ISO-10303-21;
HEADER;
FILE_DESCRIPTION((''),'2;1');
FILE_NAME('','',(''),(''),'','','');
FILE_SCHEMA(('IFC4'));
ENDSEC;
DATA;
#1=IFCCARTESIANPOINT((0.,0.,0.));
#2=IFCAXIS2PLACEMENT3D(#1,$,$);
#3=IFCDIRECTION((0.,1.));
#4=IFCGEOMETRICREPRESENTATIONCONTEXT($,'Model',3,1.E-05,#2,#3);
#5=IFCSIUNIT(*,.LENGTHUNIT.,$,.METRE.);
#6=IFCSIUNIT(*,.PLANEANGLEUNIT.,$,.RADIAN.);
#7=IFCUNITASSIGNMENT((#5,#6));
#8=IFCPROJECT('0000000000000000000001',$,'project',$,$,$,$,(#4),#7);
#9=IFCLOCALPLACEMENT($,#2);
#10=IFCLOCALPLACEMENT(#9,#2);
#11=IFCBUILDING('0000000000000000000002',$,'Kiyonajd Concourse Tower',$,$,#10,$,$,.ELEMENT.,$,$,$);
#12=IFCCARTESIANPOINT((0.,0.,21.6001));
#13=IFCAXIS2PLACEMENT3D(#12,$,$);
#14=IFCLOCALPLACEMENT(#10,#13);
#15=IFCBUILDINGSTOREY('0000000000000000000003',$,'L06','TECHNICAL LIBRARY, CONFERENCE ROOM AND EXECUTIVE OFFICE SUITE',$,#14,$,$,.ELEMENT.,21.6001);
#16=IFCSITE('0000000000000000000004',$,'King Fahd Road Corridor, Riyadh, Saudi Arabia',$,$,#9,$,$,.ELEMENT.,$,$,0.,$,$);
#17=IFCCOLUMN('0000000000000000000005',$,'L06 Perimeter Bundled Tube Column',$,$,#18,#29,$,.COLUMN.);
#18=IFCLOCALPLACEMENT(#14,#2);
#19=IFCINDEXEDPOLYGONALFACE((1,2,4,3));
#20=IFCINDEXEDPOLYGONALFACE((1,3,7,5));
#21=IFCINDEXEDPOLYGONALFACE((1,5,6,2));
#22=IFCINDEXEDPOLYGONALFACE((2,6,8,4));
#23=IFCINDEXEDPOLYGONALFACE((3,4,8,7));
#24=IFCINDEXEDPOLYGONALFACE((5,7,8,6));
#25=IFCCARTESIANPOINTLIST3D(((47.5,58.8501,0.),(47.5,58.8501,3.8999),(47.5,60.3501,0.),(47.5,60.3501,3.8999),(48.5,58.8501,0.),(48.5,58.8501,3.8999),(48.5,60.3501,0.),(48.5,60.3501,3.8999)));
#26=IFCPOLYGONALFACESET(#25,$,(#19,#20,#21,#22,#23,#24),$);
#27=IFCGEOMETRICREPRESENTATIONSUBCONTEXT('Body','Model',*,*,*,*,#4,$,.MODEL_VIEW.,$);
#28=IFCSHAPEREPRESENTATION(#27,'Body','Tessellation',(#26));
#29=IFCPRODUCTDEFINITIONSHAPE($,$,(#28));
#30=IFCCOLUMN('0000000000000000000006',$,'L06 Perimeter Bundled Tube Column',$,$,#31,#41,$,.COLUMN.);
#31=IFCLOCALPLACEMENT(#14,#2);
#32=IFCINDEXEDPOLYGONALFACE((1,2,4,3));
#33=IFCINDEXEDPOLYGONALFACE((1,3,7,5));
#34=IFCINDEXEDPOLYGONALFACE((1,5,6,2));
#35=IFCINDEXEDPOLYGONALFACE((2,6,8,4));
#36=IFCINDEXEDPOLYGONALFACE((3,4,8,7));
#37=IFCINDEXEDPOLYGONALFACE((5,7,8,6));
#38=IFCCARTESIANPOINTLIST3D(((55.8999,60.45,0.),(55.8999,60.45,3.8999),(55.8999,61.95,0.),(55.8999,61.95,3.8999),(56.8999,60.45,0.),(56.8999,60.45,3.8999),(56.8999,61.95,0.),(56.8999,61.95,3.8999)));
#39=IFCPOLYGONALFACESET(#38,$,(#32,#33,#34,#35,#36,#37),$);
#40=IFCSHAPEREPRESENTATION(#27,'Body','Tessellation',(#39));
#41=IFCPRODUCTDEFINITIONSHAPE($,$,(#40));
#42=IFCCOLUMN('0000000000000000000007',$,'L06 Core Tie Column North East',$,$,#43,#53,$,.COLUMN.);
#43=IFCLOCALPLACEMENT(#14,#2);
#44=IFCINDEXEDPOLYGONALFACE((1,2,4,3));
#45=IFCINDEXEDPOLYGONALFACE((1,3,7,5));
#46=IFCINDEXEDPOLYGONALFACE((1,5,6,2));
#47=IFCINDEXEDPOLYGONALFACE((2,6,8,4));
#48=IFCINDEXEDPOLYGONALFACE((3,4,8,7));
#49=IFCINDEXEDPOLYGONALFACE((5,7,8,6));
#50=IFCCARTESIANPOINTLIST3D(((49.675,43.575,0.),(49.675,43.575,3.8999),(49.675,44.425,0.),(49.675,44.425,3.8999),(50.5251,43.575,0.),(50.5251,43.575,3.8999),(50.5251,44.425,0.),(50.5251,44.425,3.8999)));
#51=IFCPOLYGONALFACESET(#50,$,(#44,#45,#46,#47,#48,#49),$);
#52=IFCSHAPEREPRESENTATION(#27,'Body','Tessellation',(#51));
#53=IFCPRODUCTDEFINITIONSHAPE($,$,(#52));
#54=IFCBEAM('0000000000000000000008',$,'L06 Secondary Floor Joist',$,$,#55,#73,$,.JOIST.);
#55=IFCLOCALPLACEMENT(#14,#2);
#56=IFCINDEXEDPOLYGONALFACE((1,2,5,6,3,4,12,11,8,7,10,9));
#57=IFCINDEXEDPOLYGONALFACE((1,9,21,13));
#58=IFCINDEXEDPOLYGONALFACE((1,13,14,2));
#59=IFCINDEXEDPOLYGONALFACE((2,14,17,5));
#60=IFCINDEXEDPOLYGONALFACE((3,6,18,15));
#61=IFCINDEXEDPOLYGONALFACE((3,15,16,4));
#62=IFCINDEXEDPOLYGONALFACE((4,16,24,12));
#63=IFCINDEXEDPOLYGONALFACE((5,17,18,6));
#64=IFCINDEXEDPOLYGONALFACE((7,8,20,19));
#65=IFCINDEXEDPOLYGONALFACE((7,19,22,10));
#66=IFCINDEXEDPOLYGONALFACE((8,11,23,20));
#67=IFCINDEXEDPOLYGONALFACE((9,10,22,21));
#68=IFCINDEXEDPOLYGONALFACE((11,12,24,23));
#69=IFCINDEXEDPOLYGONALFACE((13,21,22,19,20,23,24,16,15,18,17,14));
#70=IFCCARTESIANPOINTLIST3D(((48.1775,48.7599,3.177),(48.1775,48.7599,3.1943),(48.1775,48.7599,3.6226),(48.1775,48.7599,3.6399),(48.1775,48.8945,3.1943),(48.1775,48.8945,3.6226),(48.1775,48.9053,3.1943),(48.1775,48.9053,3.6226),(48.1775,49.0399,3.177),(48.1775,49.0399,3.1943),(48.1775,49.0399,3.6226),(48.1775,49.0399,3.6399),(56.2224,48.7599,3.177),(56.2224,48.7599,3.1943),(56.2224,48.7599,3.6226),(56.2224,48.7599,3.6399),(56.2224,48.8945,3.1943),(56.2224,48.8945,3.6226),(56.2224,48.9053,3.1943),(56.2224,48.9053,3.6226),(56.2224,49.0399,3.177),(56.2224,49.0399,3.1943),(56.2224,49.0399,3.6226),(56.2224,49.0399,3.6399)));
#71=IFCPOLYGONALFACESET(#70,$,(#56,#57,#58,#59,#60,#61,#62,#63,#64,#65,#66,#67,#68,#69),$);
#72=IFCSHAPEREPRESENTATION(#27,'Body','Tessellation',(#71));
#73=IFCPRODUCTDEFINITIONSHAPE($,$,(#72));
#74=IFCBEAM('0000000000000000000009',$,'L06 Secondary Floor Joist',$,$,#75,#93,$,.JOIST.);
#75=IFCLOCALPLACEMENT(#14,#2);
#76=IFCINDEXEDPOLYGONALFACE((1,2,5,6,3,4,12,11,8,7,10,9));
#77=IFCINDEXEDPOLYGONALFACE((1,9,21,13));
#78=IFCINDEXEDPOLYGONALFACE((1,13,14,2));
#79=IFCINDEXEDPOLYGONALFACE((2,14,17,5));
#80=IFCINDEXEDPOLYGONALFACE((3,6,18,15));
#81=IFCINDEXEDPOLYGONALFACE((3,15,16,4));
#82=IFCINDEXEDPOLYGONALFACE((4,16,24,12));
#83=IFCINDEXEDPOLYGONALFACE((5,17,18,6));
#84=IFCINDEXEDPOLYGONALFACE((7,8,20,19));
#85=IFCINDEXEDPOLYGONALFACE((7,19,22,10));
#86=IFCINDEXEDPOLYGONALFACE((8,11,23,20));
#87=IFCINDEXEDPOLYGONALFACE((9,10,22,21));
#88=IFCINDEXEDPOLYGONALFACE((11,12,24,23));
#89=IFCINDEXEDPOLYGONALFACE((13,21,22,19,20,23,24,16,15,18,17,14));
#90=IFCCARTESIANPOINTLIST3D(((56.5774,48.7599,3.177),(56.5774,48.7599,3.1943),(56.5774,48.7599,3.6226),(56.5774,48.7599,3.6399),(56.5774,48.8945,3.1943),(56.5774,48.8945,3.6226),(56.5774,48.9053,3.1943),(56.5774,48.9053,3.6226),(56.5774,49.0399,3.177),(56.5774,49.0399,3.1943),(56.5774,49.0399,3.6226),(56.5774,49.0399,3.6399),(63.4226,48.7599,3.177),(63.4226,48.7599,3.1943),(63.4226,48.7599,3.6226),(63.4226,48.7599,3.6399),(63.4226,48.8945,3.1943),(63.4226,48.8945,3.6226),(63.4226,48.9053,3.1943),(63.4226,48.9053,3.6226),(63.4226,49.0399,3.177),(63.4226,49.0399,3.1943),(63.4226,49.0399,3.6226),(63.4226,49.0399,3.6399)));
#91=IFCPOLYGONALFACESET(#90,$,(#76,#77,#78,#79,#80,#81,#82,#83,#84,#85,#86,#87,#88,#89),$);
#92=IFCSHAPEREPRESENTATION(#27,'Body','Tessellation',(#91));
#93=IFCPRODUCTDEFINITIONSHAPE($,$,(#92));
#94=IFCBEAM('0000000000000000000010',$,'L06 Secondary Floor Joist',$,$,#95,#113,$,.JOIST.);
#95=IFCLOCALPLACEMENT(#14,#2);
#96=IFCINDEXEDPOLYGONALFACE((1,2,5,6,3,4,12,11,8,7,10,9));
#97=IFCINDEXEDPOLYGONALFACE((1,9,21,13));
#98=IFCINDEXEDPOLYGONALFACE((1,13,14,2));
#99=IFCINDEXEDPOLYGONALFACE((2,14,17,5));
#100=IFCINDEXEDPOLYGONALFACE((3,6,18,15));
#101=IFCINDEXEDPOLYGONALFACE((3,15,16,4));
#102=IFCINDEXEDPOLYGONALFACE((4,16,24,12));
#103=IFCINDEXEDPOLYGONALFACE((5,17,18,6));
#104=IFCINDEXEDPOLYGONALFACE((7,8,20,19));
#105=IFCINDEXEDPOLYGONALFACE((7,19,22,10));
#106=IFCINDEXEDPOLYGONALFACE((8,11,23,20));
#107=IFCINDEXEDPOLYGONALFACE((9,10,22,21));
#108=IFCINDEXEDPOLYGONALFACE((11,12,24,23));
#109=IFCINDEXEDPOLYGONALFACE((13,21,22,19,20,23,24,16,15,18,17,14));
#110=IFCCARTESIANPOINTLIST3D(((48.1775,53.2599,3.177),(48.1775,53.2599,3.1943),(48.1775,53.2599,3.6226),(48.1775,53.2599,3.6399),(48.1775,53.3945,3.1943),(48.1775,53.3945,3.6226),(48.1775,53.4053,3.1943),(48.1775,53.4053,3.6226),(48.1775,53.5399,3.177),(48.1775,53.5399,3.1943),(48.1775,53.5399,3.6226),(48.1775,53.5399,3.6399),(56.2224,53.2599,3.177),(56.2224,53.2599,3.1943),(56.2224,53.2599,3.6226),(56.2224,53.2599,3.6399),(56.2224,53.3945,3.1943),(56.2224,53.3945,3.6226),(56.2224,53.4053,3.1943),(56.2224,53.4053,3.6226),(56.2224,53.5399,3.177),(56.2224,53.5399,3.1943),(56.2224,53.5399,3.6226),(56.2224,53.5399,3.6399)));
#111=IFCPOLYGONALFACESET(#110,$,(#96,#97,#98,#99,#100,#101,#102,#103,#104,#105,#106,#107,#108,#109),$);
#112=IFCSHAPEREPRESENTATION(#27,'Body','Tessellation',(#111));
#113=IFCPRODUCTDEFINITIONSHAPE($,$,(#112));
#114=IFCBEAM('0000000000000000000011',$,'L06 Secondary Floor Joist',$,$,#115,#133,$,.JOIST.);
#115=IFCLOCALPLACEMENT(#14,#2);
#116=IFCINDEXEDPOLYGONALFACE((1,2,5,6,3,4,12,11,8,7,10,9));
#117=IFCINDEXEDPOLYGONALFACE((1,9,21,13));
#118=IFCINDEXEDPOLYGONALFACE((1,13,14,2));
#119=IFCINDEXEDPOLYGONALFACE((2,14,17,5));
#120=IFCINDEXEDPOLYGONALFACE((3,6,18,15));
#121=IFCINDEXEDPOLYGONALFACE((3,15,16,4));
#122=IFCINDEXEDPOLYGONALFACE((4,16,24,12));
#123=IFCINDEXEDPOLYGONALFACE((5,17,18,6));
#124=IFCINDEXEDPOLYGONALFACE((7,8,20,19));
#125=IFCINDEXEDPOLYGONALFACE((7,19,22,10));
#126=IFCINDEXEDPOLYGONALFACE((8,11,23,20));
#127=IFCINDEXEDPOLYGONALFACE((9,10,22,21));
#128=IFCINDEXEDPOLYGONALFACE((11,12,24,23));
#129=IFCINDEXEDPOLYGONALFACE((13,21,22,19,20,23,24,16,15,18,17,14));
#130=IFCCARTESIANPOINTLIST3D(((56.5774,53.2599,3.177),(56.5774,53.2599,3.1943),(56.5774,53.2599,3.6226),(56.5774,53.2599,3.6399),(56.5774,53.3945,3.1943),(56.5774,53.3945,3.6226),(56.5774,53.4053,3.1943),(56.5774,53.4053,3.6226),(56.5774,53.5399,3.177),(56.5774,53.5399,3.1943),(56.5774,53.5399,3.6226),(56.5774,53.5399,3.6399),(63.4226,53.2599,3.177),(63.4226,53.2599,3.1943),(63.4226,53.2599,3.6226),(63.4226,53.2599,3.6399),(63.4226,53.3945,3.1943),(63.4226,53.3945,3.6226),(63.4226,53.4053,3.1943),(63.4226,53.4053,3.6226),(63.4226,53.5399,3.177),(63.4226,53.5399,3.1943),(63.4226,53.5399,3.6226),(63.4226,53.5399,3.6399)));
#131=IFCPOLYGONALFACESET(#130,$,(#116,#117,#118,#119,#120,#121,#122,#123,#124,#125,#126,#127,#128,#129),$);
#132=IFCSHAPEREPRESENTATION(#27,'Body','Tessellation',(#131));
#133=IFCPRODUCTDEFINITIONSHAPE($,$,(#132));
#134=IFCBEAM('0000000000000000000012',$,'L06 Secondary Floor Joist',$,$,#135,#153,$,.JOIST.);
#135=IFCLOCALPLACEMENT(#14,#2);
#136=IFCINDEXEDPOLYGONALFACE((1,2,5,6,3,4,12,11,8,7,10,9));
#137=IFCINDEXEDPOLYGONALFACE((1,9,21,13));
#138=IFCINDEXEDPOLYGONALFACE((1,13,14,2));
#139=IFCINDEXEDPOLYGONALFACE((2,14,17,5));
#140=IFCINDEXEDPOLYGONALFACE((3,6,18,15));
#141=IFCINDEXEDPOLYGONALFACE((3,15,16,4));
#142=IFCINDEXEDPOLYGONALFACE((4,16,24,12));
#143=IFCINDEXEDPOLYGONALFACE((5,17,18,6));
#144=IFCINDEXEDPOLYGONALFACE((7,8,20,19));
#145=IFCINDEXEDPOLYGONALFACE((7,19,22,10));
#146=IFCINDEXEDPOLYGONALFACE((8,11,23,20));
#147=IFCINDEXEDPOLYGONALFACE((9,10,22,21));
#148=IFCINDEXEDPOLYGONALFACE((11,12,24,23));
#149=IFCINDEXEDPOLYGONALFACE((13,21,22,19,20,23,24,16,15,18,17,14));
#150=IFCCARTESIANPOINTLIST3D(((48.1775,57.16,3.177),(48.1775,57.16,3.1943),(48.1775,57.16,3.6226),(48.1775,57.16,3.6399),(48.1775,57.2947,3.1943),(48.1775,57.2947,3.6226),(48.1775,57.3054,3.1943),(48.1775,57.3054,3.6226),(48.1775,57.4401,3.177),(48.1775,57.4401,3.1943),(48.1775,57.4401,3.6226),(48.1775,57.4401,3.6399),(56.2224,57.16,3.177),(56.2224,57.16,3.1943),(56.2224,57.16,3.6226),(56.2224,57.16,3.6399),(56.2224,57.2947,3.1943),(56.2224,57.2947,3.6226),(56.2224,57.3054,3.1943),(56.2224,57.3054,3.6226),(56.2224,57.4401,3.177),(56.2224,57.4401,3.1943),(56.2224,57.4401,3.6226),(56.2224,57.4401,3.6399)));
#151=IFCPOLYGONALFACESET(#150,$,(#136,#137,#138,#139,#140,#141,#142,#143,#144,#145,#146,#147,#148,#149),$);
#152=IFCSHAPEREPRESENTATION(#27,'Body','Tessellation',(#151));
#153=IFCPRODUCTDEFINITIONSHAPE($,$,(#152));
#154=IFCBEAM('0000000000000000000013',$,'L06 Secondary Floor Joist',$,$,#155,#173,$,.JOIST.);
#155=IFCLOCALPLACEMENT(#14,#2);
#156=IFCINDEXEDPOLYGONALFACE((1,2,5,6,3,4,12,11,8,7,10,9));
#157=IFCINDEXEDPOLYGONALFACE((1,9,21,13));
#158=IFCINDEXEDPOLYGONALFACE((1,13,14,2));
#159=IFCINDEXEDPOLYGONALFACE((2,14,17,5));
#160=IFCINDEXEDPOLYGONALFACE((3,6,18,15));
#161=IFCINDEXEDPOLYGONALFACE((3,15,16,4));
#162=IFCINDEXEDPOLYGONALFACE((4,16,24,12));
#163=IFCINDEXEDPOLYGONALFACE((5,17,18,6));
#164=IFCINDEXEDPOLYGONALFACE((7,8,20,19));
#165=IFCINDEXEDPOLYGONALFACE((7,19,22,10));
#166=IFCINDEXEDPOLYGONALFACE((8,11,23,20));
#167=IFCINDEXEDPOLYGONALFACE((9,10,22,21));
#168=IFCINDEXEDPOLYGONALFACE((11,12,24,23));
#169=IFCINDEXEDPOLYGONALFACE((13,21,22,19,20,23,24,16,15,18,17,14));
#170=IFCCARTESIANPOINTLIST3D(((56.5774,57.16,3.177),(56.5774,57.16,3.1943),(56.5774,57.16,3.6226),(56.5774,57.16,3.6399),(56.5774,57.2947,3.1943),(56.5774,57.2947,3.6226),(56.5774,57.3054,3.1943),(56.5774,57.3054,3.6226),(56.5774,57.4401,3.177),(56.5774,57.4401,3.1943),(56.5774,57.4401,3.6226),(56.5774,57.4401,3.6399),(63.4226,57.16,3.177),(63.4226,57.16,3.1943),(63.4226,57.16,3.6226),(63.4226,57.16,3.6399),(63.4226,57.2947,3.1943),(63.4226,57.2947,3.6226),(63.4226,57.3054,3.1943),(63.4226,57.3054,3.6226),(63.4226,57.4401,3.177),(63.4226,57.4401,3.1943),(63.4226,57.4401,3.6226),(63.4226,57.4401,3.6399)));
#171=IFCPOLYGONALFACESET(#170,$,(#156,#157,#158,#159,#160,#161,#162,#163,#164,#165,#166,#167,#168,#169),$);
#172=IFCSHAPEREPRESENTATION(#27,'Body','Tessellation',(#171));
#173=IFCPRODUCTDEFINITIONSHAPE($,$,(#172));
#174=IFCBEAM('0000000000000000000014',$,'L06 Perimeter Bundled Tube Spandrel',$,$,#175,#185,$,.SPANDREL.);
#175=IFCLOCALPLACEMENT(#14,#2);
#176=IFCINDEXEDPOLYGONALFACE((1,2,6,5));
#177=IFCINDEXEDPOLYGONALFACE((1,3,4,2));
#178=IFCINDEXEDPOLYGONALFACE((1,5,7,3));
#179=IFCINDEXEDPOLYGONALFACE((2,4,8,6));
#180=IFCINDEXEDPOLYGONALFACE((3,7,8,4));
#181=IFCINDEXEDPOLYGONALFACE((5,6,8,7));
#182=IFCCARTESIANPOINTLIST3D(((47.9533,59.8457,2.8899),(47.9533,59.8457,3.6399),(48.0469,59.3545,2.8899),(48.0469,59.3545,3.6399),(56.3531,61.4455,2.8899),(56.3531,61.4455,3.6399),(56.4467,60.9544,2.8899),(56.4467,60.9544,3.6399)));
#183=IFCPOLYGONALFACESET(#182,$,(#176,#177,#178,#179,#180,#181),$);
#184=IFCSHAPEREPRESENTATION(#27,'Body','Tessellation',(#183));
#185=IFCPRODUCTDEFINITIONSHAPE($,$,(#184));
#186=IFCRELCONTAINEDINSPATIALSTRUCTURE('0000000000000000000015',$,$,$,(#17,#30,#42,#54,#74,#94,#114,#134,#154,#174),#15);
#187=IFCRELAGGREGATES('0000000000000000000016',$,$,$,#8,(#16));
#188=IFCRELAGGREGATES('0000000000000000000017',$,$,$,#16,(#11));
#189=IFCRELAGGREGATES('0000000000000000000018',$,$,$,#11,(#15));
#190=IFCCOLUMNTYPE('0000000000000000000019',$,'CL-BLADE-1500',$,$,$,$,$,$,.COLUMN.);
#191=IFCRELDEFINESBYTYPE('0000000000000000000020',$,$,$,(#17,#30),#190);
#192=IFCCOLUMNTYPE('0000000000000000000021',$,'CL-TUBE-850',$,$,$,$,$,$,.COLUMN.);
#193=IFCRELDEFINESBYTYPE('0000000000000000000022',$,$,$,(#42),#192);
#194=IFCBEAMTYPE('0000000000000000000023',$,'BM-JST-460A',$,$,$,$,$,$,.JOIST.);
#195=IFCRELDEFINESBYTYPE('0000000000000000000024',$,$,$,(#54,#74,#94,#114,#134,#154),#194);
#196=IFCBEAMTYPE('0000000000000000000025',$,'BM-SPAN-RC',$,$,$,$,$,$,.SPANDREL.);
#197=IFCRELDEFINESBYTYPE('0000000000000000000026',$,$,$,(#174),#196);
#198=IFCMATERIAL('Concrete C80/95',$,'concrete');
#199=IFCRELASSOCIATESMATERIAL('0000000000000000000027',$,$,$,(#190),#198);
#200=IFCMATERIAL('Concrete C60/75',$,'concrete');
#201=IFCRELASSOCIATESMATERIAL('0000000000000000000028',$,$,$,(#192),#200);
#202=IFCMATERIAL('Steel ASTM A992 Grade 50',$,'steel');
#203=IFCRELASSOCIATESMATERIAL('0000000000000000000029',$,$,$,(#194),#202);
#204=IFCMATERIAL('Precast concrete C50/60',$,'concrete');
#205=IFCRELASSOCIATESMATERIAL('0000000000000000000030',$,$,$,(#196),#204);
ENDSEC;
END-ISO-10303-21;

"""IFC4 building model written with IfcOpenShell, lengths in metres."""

from ifc_helpers import new_model, si_unit, direction, frame, origin, origin_2d, place, context, subcontext, project, spatial, rectangle, i_section, extrude, material, material_profile, profile_set, type_object, element, save


model = new_model("IFC4")

# Units and contexts
model_context = context("Model", 3, precision=1e-05, world=origin(), true_north=direction((0.0, 1.0)))
body_context = subcontext(model_context, "Body", "Model", "MODEL_VIEW")
ifc_project = project(units=[si_unit("LENGTHUNIT", "METRE"), si_unit("PLANEANGLEUNIT", "RADIAN")], contexts=[model_context])

# Site, building, storey
site_placement = place(None, origin())
site = spatial("IfcSite", under=ifc_project, at=site_placement, Name="King Fahd Road Corridor, Riyadh, Saudi Arabia", CompositionType="ELEMENT", RefElevation=0.0)
building_placement = place(site_placement, origin())
building = spatial("IfcBuilding", under=site, at=building_placement, Name="Kiyonajd Concourse Tower", CompositionType="ELEMENT")
storey_placement = place(building_placement, frame((0.0, 0.0, 21.6001)))
storey = spatial("IfcBuildingStorey", under=building, at=storey_placement, Name="L06", Description="TECHNICAL LIBRARY, CONFERENCE ROOM AND EXECUTIVE OFFICE SUITE", CompositionType="ELEMENT", Elevation=21.6001)

# Columns
ifc_material_1 = material(Name="Concrete C80/95", Category="concrete")
ifc_material_profile_1 = material_profile(ifc_material_1, rectangle(XDim=1.0, YDim=1.5, at=origin_2d()), Name="RC-1500x1000")
ifc_profile_set_1 = profile_set([ifc_material_profile_1], Name="Concrete C80/95")
column_type_1 = type_object("IfcColumnType", Name="CL-BLADE-1500", PredefinedType="COLUMN", material=ifc_profile_set_1)
for number, where, z_axis, x_axis, name in (
    (1, (48.0, 59.6001, 0.0), (0.0, 0.0, 1.0), (1.0, 0.0, 0.0), "L06 Perimeter Bundled Tube Column"),
    (2, (56.3999, 61.2, 0.0), (0.0, 0.0, 1.0), (1.0, 0.0, 0.0), "L06 Perimeter Bundled Tube Column"),
):
    element("IfcColumn", number, at=place(storey_placement, frame(where, z_axis=z_axis, x_axis=x_axis)), inside=storey, type_object=column_type_1, Name=name, PredefinedType="COLUMN", context=body_context, shape_type="SweptSolid", body=[
        extrude(rectangle(XDim=1.0, YDim=1.5, at=origin_2d()), origin(), (0.0, 0.0, 1.0), 3.8999),
    ])
ifc_material_2 = material(Name="Concrete C60/75", Category="concrete")
ifc_material_profile_2 = material_profile(ifc_material_2, rectangle(XDim=0.8501, YDim=0.8501, at=origin_2d()), Name="RC-850x850")
ifc_profile_set_2 = profile_set([ifc_material_profile_2], Name="Concrete C60/75")
column_type_2 = type_object("IfcColumnType", Name="CL-TUBE-850", PredefinedType="COLUMN", material=ifc_profile_set_2)
column_placement = place(storey_placement, frame((50.1001, 44.0, 0.0), z_axis=(0.0, 0.0, 1.0), x_axis=(1.0, 0.0, 0.0)))
element("IfcColumn", 3, at=column_placement, inside=storey, type_object=column_type_2, Name="L06 Core Tie Column North East", PredefinedType="COLUMN", context=body_context, shape_type="SweptSolid", body=[
    extrude(rectangle(XDim=0.8501, YDim=0.8501, at=origin_2d()), origin(), (0.0, 0.0, 1.0), 3.8999),
])

# Beams
ifc_material_3 = material(Name="Steel ASTM A992 Grade 50", Category="steel")
ifc_material_profile_3 = material_profile(ifc_material_3, i_section(OverallWidth=0.28, OverallDepth=0.4629, WebThickness=0.0107, FlangeThickness=0.0173, at=origin_2d()), Name="W460X113")
ifc_profile_set_3 = profile_set([ifc_material_profile_3], Name="Steel ASTM A992 Grade 50")
beam_type_1 = type_object("IfcBeamType", Name="BM-JST-460A", PredefinedType="JOIST", material=ifc_profile_set_3)
beam_1_placement = place(storey_placement, frame((48.1775, 48.8999, 3.4084), z_axis=(1.0, 0.0, 0.0), x_axis=(0.0, 1.0, 0.0)))
element("IfcBeam", 4, at=beam_1_placement, inside=storey, type_object=beam_type_1, Name="L06 Secondary Floor Joist", PredefinedType="JOIST", context=body_context, shape_type="SweptSolid", body=[
    extrude(i_section(OverallWidth=0.28, OverallDepth=0.4629, WebThickness=0.0107, FlangeThickness=0.0173, at=origin_2d()), origin(), (0.0, 0.0, 1.0), 8.0449),
])
beam_2_placement = place(storey_placement, frame((56.5774, 48.8999, 3.4084), z_axis=(1.0, 0.0, 0.0), x_axis=(0.0, 1.0, 0.0)))
element("IfcBeam", 5, at=beam_2_placement, inside=storey, type_object=beam_type_1, Name="L06 Secondary Floor Joist", PredefinedType="JOIST", context=body_context, shape_type="SweptSolid", body=[
    extrude(i_section(OverallWidth=0.28, OverallDepth=0.4629, WebThickness=0.0107, FlangeThickness=0.0173, at=origin_2d()), origin(), (0.0, 0.0, 1.0), 6.8452),
])
beam_3_placement = place(storey_placement, frame((48.1775, 53.3999, 3.4084), z_axis=(1.0, 0.0, 0.0), x_axis=(0.0, 1.0, 0.0)))
element("IfcBeam", 6, at=beam_3_placement, inside=storey, type_object=beam_type_1, Name="L06 Secondary Floor Joist", PredefinedType="JOIST", context=body_context, shape_type="SweptSolid", body=[
    extrude(i_section(OverallWidth=0.28, OverallDepth=0.4629, WebThickness=0.0107, FlangeThickness=0.0173, at=origin_2d()), origin(), (0.0, 0.0, 1.0), 8.0449),
])
beam_4_placement = place(storey_placement, frame((56.5774, 53.3999, 3.4084), z_axis=(1.0, 0.0, 0.0), x_axis=(0.0, 1.0, 0.0)))
element("IfcBeam", 7, at=beam_4_placement, inside=storey, type_object=beam_type_1, Name="L06 Secondary Floor Joist", PredefinedType="JOIST", context=body_context, shape_type="SweptSolid", body=[
    extrude(i_section(OverallWidth=0.28, OverallDepth=0.4629, WebThickness=0.0107, FlangeThickness=0.0173, at=origin_2d()), origin(), (0.0, 0.0, 1.0), 6.8452),
])
beam_5_placement = place(storey_placement, frame((48.1775, 57.3, 3.4084), z_axis=(1.0, 0.0, 0.0), x_axis=(0.0, 1.0, 0.0)))
element("IfcBeam", 8, at=beam_5_placement, inside=storey, type_object=beam_type_1, Name="L06 Secondary Floor Joist", PredefinedType="JOIST", context=body_context, shape_type="SweptSolid", body=[
    extrude(i_section(OverallWidth=0.28, OverallDepth=0.4629, WebThickness=0.0107, FlangeThickness=0.0173, at=origin_2d()), origin(), (0.0, 0.0, 1.0), 8.0449),
])
beam_6_placement = place(storey_placement, frame((56.5774, 57.3, 3.4084), z_axis=(1.0, 0.0, 0.0), x_axis=(0.0, 1.0, 0.0)))
element("IfcBeam", 9, at=beam_6_placement, inside=storey, type_object=beam_type_1, Name="L06 Secondary Floor Joist", PredefinedType="JOIST", context=body_context, shape_type="SweptSolid", body=[
    extrude(i_section(OverallWidth=0.28, OverallDepth=0.4629, WebThickness=0.0107, FlangeThickness=0.0173, at=origin_2d()), origin(), (0.0, 0.0, 1.0), 6.8452),
])
ifc_material_4 = material(Name="Precast concrete C50/60", Category="concrete")
ifc_material_profile_4 = material_profile(ifc_material_4, rectangle(XDim=0.5, YDim=0.75, at=origin_2d()), Name="RCBM-500x750")
ifc_profile_set_4 = profile_set([ifc_material_profile_4], Name="Precast concrete C50/60")
beam_type_2 = type_object("IfcBeamType", Name="BM-SPAN-RC", PredefinedType="SPANDREL", material=ifc_profile_set_4)
for number, where, z_axis, x_axis, name in (
    (10, (56.3999, 61.2, 3.2649), (-0.982341, -0.187098, 0.0), (0.187098, -0.982341, 0.0), "L06 Perimeter Bundled Tube Spandrel"),
):
    element("IfcBeam", number, at=place(storey_placement, frame(where, z_axis=z_axis, x_axis=x_axis)), inside=storey, type_object=beam_type_2, Name=name, PredefinedType="SPANDREL", context=body_context, shape_type="SweptSolid", body=[
        extrude(rectangle(XDim=0.5, YDim=0.75, at=origin_2d()), origin(), (0.0, 0.0, 1.0), 8.5508),
    ])

save(model, "model.ifc")
